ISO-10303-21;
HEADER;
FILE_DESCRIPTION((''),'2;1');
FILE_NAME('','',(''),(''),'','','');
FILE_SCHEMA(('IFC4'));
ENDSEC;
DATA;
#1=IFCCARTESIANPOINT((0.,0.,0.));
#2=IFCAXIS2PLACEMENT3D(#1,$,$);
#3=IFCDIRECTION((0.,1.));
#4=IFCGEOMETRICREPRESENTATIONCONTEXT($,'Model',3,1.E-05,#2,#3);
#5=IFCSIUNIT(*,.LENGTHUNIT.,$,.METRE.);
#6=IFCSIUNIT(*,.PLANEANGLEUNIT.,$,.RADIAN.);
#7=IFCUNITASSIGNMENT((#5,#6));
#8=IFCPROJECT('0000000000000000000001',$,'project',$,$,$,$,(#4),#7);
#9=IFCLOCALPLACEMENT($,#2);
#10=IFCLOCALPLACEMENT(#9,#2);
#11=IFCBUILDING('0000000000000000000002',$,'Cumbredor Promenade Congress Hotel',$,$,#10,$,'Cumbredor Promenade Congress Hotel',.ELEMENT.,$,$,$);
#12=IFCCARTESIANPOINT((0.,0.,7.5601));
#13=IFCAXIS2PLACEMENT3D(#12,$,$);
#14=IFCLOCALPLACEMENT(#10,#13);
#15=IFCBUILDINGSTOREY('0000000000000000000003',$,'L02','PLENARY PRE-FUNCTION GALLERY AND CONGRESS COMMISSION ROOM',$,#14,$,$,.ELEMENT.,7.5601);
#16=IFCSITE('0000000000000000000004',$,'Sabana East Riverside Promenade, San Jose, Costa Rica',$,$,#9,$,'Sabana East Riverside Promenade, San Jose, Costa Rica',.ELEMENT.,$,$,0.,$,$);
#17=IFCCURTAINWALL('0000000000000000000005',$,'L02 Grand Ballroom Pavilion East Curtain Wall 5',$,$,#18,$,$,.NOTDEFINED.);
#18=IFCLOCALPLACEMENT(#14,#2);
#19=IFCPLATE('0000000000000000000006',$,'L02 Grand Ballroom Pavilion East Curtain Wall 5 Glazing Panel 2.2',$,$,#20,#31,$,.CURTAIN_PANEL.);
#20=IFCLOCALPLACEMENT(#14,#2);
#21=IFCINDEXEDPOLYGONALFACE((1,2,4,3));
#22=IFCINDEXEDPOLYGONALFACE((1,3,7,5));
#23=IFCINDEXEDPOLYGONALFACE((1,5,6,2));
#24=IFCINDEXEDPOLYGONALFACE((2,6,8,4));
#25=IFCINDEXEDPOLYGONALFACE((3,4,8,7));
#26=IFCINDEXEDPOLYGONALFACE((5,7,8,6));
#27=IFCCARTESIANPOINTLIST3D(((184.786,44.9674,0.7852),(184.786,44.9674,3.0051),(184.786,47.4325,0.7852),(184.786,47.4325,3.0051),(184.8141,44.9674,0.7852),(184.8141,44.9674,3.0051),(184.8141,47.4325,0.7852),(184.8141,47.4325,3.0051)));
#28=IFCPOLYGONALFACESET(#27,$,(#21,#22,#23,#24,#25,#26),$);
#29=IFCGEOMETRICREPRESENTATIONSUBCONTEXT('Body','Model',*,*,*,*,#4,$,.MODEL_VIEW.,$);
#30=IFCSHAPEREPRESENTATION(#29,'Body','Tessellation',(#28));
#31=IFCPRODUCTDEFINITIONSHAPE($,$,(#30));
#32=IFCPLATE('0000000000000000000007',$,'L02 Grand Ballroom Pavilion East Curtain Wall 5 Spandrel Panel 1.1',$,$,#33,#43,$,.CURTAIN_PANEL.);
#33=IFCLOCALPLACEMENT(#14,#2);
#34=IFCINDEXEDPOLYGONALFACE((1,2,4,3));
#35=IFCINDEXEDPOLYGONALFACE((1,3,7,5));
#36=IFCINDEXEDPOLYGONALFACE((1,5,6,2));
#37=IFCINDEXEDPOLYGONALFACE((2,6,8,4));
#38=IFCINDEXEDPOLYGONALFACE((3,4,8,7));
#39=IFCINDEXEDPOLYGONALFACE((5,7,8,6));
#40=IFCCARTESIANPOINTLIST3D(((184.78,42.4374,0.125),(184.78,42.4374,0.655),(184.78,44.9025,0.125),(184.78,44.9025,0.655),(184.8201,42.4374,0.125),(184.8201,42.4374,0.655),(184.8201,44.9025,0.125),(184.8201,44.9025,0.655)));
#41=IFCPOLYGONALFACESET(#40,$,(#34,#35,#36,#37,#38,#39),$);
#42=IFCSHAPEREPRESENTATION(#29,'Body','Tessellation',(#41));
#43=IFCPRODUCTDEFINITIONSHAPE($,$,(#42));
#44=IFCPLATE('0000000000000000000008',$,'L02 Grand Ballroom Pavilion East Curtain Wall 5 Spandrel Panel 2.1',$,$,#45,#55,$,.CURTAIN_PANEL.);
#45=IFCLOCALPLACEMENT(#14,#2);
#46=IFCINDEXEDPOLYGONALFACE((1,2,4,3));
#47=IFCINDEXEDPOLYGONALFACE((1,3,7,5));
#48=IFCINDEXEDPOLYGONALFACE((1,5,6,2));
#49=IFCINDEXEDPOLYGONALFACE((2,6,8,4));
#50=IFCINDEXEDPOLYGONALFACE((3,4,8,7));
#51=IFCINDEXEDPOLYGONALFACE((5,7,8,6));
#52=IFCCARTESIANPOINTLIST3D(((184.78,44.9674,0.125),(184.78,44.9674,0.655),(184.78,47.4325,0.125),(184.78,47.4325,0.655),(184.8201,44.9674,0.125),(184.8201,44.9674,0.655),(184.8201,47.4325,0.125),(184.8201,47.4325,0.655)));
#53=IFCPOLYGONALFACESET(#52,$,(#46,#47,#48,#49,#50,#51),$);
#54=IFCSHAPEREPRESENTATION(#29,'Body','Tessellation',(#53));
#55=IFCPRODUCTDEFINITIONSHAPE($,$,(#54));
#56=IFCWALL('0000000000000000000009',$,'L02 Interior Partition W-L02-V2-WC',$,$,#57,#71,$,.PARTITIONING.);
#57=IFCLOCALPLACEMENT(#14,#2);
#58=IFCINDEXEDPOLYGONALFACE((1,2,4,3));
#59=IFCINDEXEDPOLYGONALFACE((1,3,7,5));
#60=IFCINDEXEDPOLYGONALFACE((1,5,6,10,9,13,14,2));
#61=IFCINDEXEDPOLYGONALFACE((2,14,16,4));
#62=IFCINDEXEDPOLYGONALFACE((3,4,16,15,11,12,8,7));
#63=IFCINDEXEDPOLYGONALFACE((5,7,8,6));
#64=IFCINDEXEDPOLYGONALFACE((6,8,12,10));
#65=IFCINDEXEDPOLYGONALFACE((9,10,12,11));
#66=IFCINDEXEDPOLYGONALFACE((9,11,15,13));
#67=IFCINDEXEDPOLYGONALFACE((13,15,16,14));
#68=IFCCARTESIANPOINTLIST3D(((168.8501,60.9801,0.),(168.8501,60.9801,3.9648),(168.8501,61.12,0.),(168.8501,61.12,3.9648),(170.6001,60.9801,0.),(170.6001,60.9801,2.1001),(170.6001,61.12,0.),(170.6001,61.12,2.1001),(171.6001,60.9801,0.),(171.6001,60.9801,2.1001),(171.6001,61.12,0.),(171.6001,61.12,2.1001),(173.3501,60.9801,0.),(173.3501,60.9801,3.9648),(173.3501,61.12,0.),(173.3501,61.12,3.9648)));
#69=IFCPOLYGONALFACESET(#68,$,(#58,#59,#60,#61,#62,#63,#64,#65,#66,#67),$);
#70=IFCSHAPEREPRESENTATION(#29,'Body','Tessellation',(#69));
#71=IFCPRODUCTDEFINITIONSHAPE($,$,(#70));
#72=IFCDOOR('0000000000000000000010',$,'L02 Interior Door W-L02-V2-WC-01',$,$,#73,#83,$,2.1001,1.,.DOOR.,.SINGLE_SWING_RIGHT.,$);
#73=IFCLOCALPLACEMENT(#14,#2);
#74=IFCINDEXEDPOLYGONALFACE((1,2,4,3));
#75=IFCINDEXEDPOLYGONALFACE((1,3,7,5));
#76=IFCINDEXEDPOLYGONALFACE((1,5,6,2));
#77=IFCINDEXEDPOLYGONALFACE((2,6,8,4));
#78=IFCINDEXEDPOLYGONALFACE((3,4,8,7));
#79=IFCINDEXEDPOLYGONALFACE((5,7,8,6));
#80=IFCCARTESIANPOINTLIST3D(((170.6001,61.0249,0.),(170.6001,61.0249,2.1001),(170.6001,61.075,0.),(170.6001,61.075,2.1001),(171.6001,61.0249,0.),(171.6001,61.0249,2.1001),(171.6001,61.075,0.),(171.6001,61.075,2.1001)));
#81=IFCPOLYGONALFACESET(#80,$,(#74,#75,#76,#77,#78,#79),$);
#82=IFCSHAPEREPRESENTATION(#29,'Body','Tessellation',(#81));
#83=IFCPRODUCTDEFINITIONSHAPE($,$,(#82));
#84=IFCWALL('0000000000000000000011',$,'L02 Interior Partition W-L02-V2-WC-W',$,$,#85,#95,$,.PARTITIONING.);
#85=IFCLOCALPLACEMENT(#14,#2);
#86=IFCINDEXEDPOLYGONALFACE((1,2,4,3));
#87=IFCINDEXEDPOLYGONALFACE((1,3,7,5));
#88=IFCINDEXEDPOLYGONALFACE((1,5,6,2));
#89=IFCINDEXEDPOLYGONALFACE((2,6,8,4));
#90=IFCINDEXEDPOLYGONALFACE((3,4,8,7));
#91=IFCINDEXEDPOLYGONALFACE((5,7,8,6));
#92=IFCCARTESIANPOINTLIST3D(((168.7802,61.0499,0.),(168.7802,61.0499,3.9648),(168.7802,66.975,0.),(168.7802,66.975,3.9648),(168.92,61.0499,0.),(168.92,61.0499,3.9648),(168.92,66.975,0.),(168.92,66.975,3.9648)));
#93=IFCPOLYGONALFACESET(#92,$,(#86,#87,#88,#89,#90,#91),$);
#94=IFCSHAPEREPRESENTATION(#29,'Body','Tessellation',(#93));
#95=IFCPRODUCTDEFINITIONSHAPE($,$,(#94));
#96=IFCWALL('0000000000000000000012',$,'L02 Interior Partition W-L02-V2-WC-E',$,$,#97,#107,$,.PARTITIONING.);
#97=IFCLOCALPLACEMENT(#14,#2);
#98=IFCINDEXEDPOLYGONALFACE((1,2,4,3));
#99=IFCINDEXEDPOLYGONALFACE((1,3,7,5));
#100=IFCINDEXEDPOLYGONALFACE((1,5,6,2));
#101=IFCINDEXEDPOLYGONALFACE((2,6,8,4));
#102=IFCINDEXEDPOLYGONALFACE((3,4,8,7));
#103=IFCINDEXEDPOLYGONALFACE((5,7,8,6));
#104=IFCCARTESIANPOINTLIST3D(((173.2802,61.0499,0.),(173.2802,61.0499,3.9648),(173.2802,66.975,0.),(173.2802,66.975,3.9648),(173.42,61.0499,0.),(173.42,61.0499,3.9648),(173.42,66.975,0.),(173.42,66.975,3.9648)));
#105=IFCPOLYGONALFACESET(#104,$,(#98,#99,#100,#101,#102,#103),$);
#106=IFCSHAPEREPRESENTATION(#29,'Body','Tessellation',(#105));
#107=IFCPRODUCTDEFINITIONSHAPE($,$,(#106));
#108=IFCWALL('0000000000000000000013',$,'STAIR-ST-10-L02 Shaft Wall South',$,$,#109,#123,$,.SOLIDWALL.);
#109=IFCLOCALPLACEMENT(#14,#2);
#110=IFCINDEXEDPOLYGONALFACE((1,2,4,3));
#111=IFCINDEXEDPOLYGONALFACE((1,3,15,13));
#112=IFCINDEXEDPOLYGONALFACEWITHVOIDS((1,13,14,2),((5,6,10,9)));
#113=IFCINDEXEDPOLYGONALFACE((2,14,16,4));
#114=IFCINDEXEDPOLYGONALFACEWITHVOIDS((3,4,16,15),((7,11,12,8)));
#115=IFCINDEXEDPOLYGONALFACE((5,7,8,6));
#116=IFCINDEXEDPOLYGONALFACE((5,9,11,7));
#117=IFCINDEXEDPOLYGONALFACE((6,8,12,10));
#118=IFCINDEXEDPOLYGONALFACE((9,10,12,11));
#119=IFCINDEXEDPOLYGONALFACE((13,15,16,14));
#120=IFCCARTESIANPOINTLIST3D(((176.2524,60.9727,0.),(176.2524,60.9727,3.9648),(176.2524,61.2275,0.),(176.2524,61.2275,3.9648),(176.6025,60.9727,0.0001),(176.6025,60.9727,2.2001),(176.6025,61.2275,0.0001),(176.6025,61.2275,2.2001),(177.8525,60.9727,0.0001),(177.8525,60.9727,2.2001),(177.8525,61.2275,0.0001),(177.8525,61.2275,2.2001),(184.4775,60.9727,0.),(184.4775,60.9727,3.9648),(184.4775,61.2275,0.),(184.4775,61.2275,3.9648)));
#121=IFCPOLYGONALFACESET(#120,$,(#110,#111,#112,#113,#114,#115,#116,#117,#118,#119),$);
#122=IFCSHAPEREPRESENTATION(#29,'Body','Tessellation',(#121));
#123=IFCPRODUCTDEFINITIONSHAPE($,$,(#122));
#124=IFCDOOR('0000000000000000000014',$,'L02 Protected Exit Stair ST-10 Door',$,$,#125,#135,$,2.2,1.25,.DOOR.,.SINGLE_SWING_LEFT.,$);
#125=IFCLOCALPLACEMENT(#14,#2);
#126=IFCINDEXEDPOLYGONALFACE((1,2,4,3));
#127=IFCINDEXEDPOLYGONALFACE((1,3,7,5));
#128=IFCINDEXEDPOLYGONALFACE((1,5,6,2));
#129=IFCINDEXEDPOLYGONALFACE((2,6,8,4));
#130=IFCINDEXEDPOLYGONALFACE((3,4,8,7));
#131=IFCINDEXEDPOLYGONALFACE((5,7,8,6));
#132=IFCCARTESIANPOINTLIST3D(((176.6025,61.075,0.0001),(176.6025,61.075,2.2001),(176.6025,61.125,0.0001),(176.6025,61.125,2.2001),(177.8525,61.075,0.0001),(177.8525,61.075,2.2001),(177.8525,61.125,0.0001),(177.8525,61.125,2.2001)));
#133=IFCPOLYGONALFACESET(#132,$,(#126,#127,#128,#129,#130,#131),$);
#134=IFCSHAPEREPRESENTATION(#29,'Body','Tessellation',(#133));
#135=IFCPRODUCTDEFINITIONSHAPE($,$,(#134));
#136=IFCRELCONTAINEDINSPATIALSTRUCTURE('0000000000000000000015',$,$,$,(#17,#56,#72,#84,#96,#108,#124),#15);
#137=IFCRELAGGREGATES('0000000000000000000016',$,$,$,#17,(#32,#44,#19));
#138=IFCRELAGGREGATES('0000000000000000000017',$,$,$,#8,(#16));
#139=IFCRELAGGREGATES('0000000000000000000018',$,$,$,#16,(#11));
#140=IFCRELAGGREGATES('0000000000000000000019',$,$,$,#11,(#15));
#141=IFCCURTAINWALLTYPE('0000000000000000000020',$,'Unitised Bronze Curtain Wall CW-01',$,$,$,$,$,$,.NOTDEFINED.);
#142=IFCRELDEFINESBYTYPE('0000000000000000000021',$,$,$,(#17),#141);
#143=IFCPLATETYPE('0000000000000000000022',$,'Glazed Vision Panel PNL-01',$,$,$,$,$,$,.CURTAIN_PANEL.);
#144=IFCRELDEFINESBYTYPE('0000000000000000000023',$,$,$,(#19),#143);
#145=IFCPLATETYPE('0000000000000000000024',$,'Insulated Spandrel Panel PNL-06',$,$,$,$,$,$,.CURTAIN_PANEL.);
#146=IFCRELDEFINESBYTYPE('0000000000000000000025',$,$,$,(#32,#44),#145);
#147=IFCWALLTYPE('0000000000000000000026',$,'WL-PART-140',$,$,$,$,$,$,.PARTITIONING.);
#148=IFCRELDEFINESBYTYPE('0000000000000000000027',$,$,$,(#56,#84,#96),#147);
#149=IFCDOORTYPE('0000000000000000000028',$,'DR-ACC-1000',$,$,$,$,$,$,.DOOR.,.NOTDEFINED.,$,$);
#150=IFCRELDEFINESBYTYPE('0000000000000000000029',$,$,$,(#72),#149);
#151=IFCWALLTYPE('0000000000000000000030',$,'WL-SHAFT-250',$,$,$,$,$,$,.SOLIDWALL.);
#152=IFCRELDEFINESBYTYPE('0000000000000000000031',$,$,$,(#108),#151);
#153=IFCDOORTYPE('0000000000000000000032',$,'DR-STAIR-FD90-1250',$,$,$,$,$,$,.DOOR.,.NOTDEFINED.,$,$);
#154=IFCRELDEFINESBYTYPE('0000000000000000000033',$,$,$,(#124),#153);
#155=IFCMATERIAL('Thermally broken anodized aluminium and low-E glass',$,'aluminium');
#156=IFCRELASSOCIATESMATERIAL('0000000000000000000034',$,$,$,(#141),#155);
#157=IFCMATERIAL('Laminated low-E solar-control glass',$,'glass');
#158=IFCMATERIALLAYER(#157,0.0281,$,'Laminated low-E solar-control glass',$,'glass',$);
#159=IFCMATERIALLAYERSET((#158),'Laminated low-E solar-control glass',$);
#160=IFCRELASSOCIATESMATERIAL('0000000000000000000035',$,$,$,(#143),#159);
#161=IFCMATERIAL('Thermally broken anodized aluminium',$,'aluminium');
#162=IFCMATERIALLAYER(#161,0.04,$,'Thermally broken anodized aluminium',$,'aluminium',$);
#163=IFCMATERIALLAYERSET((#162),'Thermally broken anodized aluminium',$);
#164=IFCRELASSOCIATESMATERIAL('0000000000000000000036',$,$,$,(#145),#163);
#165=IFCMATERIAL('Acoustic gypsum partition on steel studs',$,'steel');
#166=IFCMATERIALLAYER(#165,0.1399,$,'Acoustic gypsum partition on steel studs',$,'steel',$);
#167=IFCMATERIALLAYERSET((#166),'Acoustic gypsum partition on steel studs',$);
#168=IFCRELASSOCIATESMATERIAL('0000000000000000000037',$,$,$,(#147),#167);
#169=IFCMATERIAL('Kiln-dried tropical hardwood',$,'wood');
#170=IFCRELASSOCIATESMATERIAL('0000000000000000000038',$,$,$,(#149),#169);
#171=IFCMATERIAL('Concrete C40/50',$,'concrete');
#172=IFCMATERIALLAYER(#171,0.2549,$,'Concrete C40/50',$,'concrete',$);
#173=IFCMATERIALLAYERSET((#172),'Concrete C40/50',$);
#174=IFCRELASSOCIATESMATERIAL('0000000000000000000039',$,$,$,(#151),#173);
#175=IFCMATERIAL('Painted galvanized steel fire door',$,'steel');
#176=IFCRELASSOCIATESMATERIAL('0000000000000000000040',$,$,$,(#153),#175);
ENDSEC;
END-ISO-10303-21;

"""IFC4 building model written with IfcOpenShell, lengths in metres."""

from ifc_helpers import new_model, si_unit, direction, frame, frame_2d, origin, origin_2d, place, context, subcontext, project, spatial, rectangle, extrude, material, layer, layer_set, type_object, element, fill, aggregate, save


model = new_model("IFC4")

# Units and contexts
model_context = context("Model", 3, precision=1e-05, world=origin(), true_north=direction((0.0, 1.0)))
body_context = subcontext(model_context, "Body", "Model", "MODEL_VIEW")
ifc_project = project(units=[si_unit("LENGTHUNIT", "METRE"), si_unit("PLANEANGLEUNIT", "RADIAN")], contexts=[model_context])

# Site, building, storey
site_placement = place(None, origin())
site = spatial("IfcSite", under=ifc_project, at=site_placement, Name="Sabana East Riverside Promenade, San Jose, Costa Rica", LongName="Sabana East Riverside Promenade, San Jose, Costa Rica", CompositionType="ELEMENT", RefElevation=0.0)
building_placement = place(site_placement, origin())
building = spatial("IfcBuilding", under=site, at=building_placement, Name="Cumbredor Promenade Congress Hotel", LongName="Cumbredor Promenade Congress Hotel", CompositionType="ELEMENT")
storey_placement = place(building_placement, frame((0.0, 0.0, 7.5601)))
storey = spatial("IfcBuildingStorey", under=building, at=storey_placement, Name="L02", Description="PLENARY PRE-FUNCTION GALLERY AND CONGRESS COMMISSION ROOM", CompositionType="ELEMENT", Elevation=7.5601)

# Shared definitions
ifc_material_1 = material(Name="Concrete C40/50", Category="concrete")

# Curtain wall
ifc_material_2 = material(Name="Thermally broken anodized aluminium and low-E glass", Category="aluminium")
curtain_wall_type = type_object("IfcCurtainWallType", Name="Unitised Bronze Curtain Wall CW-01", PredefinedType="NOTDEFINED", material=ifc_material_2)
curtain_wall_placement = place(storey_placement, origin())
curtain_wall = element("IfcCurtainWall", 1, at=curtain_wall_placement, inside=storey, type_object=curtain_wall_type, Name="L02 Grand Ballroom Pavilion East Curtain Wall 5", PredefinedType="NOTDEFINED")
ifc_material_3 = material(Name="Thermally broken anodized aluminium", Category="aluminium")

# Plates
ifc_material_4 = material(Name="Laminated low-E solar-control glass", Category="glass")
ifc_layer_1 = layer(ifc_material_4, 0.0281, Name="Laminated low-E solar-control glass", Category="glass")
ifc_layer_set_1 = layer_set([ifc_layer_1], Name="Laminated low-E solar-control glass")
plate_type_1 = type_object("IfcPlateType", Name="Glazed Vision Panel PNL-01", PredefinedType="CURTAIN_PANEL", material=ifc_layer_set_1)
plate_1_placement = place(storey_placement, frame((184.8, 46.2, 0.7852), z_axis=(0.0, 0.0, 1.0), x_axis=(0.0, 1.0, 0.0)))
plate_1 = element("IfcPlate", 2, at=plate_1_placement, type_object=plate_type_1, Name="L02 Grand Ballroom Pavilion East Curtain Wall 5 Glazing Panel 2.2", PredefinedType="CURTAIN_PANEL", context=body_context, shape_type="SweptSolid", body=[
    extrude(rectangle(XDim=2.4651, YDim=0.0281, at=origin_2d()), origin(), (0.0, 0.0, 1.0), 2.22),
])
ifc_layer_2 = layer(ifc_material_3, 0.04, Name="Thermally broken anodized aluminium", Category="aluminium")
ifc_layer_set_2 = layer_set([ifc_layer_2], Name="Thermally broken anodized aluminium")
plate_type_2 = type_object("IfcPlateType", Name="Insulated Spandrel Panel PNL-06", PredefinedType="CURTAIN_PANEL", material=ifc_layer_set_2)
plate_2_placement = place(storey_placement, frame((184.8, 43.6699, 0.125), z_axis=(0.0, 0.0, 1.0), x_axis=(0.0, 1.0, 0.0)))
plate_2 = element("IfcPlate", 3, at=plate_2_placement, type_object=plate_type_2, Name="L02 Grand Ballroom Pavilion East Curtain Wall 5 Spandrel Panel 1.1", PredefinedType="CURTAIN_PANEL", context=body_context, shape_type="SweptSolid", body=[
    extrude(rectangle(XDim=2.4651, YDim=0.04, at=origin_2d()), origin(), (0.0, 0.0, 1.0), 0.53),
])
plate_3_placement = place(storey_placement, frame((184.8, 46.2, 0.125), z_axis=(0.0, 0.0, 1.0), x_axis=(0.0, 1.0, 0.0)))
plate_3 = element("IfcPlate", 4, at=plate_3_placement, type_object=plate_type_2, Name="L02 Grand Ballroom Pavilion East Curtain Wall 5 Spandrel Panel 2.1", PredefinedType="CURTAIN_PANEL", context=body_context, shape_type="SweptSolid", body=[
    extrude(rectangle(XDim=2.4651, YDim=0.04, at=origin_2d()), origin(), (0.0, 0.0, 1.0), 0.53),
])
aggregate(curtain_wall, [plate_2, plate_3, plate_1])

# Wall, opening, door
ifc_material_5 = material(Name="Acoustic gypsum partition on steel studs", Category="steel")
ifc_layer_3 = layer(ifc_material_5, 0.1399, Name="Acoustic gypsum partition on steel studs", Category="steel")
ifc_layer_set_3 = layer_set([ifc_layer_3], Name="Acoustic gypsum partition on steel studs")
wall_type_1 = type_object("IfcWallType", Name="WL-PART-140", PredefinedType="PARTITIONING", material=ifc_layer_set_3)
wall_1_placement = place(storey_placement, frame((168.8501, 61.05, 0.0), z_axis=(0.0, 0.0, 1.0), x_axis=(1.0, 0.0, 0.0)))
wall_1 = element("IfcWall", 5, at=wall_1_placement, inside=storey, type_object=wall_type_1, Name="L02 Interior Partition W-L02-V2-WC", PredefinedType="PARTITIONING", context=body_context, shape_type="SweptSolid", body=[
    extrude(rectangle(XDim=4.5, YDim=0.1399, at=frame_2d((2.25, 0.0))), origin(), (0.0, 0.0, 1.0), 3.9648),
])
opening_1_placement = place(wall_1_placement, frame((1.75, 0.0, 0.0)))
opening_1 = element("IfcOpeningElement", 6, at=opening_1_placement, cuts=wall_1, PredefinedType="OPENING", context=body_context, shape_type="SweptSolid", body=[
    extrude(rectangle(XDim=1.0, YDim=2.1001, at=frame_2d((0.5, 1.05))), frame((0.0, 0.0801, 0.0), z_axis=(0.0, -1.0, 0.0), x_axis=(1.0, 0.0, 0.0)), (0.0, 0.0, 1.0), 0.1599),
])
ifc_material_6 = material(Name="Kiln-dried tropical hardwood", Category="wood")
door_type_1 = type_object("IfcDoorType", Name="DR-ACC-1000", OperationType="NOTDEFINED", PredefinedType="DOOR", material=ifc_material_6)
door_1_placement = place(opening_1_placement, origin())
door_1 = element("IfcDoor", 7, at=door_1_placement, inside=storey, type_object=door_type_1, Name="L02 Interior Door W-L02-V2-WC-01", OperationType="SINGLE_SWING_RIGHT", OverallHeight=2.1001, OverallWidth=1.0, PredefinedType="DOOR", context=body_context, shape_type="SweptSolid", body=[
    extrude(rectangle(XDim=1.0, YDim=2.1001, at=frame_2d((0.5, 1.05))), frame((0.0, 0.0249, 0.0), z_axis=(0.0, -1.0, 0.0), x_axis=(1.0, 0.0, 0.0)), (0.0, 0.0, 1.0), 0.05),
])
fill(opening_1, door_1)

# Walls
for number, where, z_axis, x_axis, name in (
    (8, (168.8501, 61.05, 0.0), (0.0, 0.0, 1.0), (0.0, 1.0, 0.0), "L02 Interior Partition W-L02-V2-WC-W"),
    (9, (173.3501, 61.05, 0.0), (0.0, 0.0, 1.0), (0.0, 1.0, 0.0), "L02 Interior Partition W-L02-V2-WC-E"),
):
    element("IfcWall", number, at=place(storey_placement, frame(where, z_axis=z_axis, x_axis=x_axis)), inside=storey, type_object=wall_type_1, Name=name, PredefinedType="PARTITIONING", context=body_context, shape_type="SweptSolid", body=[
        extrude(rectangle(XDim=5.925, YDim=0.1399, at=frame_2d((2.9624, 0.0))), origin(), (0.0, 0.0, 1.0), 3.9648),
    ])

# Wall, opening, door
ifc_layer_4 = layer(ifc_material_1, 0.2549, Name="Concrete C40/50", Category="concrete")
ifc_layer_set_4 = layer_set([ifc_layer_4], Name="Concrete C40/50")
wall_type_2 = type_object("IfcWallType", Name="WL-SHAFT-250", PredefinedType="SOLIDWALL", material=ifc_layer_set_4)
wall_2_placement = place(storey_placement, frame((176.2524, 61.1001, 0.0), z_axis=(0.0, 0.0, 1.0), x_axis=(1.0, 0.0, 0.0)))
wall_2 = element("IfcWall", 10, at=wall_2_placement, inside=storey, type_object=wall_type_2, Name="STAIR-ST-10-L02 Shaft Wall South", PredefinedType="SOLIDWALL", context=body_context, shape_type="SweptSolid", body=[
    extrude(rectangle(XDim=8.2251, YDim=0.2549, at=frame_2d((4.1125, 0.0))), origin(), (0.0, 0.0, 1.0), 3.9648),
])
opening_2_placement = place(wall_2_placement, frame((0.3501, 0.0, 0.0)))
opening_2 = element("IfcOpeningElement", 11, at=opening_2_placement, cuts=wall_2, PredefinedType="OPENING", context=body_context, shape_type="SweptSolid", body=[
    extrude(rectangle(XDim=1.25, YDim=2.2, at=frame_2d((0.625, 1.1001))), frame((0.0, 0.1375, 0.0), z_axis=(0.0, -1.0, 0.0), x_axis=(1.0, 0.0, 0.0)), (0.0, 0.0, 1.0), 0.2749),
])
ifc_material_7 = material(Name="Painted galvanized steel fire door", Category="steel")
door_type_2 = type_object("IfcDoorType", Name="DR-STAIR-FD90-1250", OperationType="NOTDEFINED", PredefinedType="DOOR", material=ifc_material_7)
door_2_placement = place(opening_2_placement, origin())
door_2 = element("IfcDoor", 12, at=door_2_placement, inside=storey, type_object=door_type_2, Name="L02 Protected Exit Stair ST-10 Door", OperationType="SINGLE_SWING_LEFT", OverallHeight=2.2, OverallWidth=1.25, PredefinedType="DOOR", context=body_context, shape_type="SweptSolid", body=[
    extrude(rectangle(XDim=1.25, YDim=2.2, at=frame_2d((0.625, 1.1001))), frame((0.0, 0.0249, 0.0), z_axis=(0.0, -1.0, 0.0), x_axis=(1.0, 0.0, 0.0)), (0.0, 0.0, 1.0), 0.05),
])
fill(opening_2, door_2)

save(model, "model.ifc")
